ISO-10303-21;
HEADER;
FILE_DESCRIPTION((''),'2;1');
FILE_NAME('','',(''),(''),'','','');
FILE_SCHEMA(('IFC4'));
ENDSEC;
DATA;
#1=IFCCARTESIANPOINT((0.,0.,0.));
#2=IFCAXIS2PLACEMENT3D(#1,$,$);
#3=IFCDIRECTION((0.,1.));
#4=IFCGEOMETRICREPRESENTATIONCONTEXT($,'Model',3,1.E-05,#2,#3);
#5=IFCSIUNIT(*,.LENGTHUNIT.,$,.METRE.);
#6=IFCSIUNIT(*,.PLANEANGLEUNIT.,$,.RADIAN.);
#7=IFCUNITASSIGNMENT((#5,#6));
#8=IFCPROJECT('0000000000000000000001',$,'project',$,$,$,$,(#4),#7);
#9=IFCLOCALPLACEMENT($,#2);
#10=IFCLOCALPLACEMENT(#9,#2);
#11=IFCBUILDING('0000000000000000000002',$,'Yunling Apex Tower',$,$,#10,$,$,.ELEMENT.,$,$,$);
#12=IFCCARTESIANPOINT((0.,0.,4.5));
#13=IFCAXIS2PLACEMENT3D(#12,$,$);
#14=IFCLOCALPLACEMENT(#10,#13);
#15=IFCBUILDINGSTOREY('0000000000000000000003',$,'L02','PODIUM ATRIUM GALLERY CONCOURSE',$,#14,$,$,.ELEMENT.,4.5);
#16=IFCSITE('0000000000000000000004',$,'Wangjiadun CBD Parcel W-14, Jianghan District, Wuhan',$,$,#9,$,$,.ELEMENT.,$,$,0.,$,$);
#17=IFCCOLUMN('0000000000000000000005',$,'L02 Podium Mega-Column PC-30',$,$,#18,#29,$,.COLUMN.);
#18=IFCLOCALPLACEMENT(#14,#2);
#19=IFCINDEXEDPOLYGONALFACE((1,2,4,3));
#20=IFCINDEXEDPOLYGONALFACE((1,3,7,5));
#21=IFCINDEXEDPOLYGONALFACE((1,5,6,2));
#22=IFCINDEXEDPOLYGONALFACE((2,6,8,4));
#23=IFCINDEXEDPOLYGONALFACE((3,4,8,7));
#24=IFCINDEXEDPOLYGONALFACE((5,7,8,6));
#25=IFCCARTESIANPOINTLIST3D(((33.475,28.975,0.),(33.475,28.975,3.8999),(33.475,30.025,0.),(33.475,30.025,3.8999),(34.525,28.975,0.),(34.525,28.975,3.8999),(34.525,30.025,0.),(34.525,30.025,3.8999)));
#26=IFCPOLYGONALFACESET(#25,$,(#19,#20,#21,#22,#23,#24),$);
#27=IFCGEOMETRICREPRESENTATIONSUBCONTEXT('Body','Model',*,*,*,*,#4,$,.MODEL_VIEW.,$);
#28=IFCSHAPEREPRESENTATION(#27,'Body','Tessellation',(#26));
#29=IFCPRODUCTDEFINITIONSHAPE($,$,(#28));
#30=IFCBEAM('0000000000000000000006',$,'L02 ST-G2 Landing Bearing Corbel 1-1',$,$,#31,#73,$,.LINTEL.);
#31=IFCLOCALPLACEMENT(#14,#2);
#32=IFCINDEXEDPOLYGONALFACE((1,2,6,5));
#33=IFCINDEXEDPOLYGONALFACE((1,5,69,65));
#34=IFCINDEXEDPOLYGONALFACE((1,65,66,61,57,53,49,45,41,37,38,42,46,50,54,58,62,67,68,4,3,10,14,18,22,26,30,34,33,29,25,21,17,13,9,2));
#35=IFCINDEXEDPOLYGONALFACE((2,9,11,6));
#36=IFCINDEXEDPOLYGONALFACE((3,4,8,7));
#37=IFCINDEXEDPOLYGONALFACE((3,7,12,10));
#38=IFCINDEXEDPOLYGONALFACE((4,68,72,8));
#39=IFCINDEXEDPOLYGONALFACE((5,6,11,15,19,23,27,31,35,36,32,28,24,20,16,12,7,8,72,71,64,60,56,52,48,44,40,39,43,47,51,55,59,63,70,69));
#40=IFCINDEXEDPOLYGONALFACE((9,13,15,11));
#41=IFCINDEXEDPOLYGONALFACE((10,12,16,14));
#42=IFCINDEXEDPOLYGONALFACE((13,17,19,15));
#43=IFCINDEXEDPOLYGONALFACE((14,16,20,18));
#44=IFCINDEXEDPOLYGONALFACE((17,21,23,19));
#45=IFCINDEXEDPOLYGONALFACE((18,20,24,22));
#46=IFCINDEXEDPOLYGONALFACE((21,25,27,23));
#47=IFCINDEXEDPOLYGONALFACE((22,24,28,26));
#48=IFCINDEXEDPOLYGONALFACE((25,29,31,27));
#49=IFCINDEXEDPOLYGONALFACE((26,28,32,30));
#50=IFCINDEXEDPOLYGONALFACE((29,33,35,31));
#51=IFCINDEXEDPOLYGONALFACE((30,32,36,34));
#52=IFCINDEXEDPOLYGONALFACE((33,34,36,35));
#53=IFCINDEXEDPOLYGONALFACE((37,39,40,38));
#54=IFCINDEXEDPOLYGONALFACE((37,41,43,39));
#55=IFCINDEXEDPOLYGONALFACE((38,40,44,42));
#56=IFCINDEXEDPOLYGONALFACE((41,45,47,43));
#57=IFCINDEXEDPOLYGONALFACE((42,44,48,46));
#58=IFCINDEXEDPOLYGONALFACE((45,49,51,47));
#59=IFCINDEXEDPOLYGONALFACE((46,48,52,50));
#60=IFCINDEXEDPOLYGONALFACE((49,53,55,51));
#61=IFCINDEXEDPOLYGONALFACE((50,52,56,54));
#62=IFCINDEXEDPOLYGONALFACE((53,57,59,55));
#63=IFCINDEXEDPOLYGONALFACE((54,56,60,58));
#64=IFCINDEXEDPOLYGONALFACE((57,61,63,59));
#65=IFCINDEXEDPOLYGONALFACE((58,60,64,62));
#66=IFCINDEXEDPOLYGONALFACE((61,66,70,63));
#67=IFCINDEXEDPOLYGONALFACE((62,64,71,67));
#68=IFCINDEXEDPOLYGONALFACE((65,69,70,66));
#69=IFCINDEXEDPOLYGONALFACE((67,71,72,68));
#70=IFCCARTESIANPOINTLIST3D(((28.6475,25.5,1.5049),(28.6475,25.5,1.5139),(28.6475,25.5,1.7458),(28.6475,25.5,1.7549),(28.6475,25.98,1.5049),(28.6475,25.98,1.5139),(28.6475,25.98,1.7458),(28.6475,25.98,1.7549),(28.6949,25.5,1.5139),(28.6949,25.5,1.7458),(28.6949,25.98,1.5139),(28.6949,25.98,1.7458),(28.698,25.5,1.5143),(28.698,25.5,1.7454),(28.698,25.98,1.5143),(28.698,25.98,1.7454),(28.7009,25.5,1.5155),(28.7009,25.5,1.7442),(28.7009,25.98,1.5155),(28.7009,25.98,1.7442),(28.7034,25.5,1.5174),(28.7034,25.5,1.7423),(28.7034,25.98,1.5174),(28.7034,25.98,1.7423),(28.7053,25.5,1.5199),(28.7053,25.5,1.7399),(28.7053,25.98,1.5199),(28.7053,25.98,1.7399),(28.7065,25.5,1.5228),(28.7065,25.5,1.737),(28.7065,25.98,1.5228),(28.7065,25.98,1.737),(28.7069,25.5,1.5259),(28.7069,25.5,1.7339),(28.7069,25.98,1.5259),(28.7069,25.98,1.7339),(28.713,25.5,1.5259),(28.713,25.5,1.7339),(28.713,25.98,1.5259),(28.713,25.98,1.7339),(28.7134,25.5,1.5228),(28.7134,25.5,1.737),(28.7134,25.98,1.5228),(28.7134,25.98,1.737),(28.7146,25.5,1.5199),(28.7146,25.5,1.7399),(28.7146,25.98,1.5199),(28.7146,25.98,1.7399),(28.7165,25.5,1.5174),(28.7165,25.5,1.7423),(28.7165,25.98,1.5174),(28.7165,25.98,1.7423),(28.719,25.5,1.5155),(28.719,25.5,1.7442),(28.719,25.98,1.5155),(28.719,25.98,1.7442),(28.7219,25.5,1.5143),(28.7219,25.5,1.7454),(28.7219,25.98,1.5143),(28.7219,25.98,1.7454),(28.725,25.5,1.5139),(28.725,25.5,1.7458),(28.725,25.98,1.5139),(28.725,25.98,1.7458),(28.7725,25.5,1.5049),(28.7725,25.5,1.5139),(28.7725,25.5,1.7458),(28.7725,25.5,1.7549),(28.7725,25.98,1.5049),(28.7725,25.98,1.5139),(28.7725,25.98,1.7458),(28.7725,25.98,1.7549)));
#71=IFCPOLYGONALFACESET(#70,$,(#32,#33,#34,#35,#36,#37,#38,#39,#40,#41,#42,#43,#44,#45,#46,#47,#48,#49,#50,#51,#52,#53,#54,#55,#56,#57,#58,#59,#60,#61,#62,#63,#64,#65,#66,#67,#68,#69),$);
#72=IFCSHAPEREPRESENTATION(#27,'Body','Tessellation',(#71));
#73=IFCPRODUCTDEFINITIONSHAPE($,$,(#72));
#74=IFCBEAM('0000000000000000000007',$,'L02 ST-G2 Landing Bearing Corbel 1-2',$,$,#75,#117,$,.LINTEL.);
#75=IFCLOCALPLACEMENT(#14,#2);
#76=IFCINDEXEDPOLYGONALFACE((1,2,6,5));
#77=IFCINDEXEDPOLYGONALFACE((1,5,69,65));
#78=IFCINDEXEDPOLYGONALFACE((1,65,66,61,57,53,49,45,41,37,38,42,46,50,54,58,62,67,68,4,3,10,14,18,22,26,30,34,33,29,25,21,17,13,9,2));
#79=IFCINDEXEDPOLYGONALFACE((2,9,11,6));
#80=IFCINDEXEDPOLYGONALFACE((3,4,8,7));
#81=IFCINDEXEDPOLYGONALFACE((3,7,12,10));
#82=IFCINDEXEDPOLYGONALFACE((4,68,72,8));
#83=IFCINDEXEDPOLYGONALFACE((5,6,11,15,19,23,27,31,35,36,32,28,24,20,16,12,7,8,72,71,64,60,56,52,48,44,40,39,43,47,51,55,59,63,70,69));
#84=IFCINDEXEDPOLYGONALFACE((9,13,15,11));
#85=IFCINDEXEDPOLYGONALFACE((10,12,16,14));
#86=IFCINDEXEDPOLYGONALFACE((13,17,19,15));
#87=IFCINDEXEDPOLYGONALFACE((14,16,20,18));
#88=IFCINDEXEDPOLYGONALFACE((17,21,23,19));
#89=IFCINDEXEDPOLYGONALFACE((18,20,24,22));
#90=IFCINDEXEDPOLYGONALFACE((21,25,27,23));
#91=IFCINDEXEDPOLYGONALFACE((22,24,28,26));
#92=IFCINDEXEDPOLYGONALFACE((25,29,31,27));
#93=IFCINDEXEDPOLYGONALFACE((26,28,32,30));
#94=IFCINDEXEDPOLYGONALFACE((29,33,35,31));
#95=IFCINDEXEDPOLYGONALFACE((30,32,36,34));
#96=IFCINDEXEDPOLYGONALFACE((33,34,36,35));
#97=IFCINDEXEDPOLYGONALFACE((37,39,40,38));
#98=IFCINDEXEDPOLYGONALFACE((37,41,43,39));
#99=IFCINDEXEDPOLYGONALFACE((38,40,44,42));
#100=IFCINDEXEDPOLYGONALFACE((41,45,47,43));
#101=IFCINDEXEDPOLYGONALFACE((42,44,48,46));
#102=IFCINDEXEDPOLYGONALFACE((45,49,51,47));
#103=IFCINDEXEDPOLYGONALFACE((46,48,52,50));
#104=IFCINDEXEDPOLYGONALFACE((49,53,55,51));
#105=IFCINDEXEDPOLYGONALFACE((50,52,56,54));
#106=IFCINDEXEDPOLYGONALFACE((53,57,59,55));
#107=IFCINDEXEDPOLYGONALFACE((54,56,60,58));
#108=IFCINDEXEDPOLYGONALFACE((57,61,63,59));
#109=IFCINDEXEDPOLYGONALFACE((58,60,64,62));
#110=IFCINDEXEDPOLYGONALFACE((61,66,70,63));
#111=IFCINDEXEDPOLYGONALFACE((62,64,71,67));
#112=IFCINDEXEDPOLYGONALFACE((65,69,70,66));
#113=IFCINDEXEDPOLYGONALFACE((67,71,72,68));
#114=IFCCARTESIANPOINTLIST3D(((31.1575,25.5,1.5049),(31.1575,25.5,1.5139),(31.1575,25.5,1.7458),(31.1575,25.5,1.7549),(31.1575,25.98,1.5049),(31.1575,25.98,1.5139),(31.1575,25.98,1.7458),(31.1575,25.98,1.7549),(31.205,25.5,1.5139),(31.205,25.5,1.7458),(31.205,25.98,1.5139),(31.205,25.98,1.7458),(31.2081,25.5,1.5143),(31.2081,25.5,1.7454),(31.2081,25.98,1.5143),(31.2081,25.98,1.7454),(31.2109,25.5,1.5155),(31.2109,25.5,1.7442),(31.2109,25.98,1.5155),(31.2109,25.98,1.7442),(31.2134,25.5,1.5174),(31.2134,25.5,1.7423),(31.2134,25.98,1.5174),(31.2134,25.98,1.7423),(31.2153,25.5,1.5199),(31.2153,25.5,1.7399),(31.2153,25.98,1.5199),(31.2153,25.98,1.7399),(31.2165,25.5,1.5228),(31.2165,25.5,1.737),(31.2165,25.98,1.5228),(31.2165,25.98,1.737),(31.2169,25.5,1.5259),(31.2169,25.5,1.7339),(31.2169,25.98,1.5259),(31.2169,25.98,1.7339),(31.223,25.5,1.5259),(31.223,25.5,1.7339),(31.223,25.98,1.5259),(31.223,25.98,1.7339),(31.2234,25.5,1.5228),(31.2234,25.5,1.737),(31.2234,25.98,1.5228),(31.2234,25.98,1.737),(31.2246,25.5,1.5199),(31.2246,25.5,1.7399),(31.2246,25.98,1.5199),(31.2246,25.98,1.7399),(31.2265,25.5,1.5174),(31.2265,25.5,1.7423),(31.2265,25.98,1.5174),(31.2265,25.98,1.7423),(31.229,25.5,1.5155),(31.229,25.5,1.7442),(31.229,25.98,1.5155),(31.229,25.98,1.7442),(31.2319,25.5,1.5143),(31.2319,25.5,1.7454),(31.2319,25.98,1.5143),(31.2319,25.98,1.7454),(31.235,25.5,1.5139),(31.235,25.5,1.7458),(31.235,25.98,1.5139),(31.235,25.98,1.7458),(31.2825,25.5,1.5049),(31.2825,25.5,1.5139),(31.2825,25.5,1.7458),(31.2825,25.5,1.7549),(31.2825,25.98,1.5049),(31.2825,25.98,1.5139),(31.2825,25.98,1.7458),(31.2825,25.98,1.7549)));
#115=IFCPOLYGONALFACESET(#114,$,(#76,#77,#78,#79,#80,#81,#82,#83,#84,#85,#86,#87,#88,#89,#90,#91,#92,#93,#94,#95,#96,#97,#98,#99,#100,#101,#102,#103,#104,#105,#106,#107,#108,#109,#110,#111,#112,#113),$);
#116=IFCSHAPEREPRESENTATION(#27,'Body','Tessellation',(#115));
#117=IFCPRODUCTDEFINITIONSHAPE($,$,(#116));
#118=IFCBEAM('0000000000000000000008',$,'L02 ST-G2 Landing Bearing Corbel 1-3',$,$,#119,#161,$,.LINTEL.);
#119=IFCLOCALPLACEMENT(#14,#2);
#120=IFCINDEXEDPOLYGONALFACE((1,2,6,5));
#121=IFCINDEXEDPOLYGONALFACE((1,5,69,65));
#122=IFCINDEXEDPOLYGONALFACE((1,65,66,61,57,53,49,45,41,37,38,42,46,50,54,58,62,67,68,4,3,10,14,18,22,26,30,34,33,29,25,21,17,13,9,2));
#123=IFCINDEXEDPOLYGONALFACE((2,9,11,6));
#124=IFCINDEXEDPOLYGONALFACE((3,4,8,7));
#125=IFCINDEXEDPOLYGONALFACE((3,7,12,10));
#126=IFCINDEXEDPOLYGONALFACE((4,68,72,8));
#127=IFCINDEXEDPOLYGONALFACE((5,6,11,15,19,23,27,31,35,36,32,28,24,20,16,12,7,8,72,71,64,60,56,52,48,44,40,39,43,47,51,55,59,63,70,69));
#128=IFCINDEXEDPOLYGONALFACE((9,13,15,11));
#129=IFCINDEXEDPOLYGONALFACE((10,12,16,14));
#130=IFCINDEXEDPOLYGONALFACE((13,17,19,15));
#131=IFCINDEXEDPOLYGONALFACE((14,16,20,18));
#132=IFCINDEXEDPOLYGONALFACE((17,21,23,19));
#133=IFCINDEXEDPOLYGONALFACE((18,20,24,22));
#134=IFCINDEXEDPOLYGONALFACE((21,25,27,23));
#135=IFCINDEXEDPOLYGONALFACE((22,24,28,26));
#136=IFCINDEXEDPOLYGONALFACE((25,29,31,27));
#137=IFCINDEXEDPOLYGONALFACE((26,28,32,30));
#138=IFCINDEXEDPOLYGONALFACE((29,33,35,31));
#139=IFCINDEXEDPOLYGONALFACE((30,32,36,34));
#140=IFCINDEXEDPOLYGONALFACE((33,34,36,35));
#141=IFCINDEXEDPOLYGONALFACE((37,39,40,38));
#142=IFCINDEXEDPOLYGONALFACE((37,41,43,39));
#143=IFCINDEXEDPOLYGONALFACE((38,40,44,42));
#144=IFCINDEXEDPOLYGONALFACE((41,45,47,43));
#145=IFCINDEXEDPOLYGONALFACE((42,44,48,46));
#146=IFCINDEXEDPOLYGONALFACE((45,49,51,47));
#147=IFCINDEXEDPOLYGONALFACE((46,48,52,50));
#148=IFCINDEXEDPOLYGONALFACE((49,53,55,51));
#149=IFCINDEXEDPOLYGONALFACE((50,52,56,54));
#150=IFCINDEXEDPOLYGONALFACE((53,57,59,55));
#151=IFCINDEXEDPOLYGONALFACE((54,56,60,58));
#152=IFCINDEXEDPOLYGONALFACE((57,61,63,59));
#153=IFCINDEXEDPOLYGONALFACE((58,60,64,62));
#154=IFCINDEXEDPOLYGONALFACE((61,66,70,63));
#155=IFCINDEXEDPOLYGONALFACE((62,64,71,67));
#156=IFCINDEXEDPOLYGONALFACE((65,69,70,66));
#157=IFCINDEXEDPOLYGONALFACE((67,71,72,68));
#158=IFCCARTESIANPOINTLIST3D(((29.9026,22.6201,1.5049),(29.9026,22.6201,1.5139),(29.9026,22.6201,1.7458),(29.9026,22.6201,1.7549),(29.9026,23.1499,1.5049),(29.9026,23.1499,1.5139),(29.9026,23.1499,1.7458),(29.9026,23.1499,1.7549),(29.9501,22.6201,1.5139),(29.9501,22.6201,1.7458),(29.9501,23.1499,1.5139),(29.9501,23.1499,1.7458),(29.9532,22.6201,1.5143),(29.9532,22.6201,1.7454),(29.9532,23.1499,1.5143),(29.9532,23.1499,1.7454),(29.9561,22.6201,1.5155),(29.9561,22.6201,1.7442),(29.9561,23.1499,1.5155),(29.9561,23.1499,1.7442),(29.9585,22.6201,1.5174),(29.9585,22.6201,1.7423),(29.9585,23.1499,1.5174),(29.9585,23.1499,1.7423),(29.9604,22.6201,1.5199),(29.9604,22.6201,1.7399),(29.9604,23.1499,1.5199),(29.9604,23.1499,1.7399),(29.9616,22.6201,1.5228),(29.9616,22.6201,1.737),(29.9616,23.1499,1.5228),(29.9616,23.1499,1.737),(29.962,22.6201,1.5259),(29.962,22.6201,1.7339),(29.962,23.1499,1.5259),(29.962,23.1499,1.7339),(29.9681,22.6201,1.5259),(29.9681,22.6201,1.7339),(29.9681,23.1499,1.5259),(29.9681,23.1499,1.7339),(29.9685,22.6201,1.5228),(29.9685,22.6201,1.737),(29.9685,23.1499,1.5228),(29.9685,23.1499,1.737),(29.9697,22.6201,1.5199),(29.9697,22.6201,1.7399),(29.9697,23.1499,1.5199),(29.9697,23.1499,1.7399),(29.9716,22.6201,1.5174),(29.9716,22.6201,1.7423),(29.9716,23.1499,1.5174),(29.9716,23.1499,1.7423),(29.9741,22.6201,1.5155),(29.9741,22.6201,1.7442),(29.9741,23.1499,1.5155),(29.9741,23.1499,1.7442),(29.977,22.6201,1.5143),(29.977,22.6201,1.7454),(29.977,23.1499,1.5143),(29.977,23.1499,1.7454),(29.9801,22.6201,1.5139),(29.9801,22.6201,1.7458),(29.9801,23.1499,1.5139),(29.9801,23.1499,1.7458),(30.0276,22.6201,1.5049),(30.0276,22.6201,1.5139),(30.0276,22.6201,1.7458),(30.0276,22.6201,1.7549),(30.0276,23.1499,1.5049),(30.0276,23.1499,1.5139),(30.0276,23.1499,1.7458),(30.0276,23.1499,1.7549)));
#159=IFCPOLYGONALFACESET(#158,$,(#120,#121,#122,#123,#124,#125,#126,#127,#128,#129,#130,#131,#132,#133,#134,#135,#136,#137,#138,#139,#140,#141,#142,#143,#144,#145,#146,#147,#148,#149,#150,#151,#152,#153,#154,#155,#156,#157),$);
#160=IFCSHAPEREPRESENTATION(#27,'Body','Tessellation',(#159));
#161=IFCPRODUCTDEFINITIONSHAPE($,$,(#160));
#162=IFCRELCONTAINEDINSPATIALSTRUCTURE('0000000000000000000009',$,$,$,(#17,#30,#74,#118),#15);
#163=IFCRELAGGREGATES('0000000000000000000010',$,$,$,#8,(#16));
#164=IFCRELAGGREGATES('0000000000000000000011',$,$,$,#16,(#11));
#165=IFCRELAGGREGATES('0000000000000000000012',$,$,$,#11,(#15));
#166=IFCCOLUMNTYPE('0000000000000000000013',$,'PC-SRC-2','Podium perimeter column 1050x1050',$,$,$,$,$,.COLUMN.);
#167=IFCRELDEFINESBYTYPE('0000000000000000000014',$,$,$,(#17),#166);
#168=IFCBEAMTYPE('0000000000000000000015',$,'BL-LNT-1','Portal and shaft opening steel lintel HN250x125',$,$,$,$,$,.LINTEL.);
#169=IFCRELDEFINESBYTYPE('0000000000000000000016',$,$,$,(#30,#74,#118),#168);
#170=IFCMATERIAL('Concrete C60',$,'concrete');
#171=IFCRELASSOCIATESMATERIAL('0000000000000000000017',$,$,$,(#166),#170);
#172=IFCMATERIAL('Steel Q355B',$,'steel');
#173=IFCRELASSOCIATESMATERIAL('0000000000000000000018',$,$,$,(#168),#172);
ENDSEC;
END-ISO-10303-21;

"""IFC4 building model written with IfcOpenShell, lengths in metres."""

from ifc_helpers import new_model, si_unit, direction, frame, origin, origin_2d, place, context, subcontext, project, spatial, rectangle, i_section, extrude, source, transform, mapped, material, material_profile, profile_set, type_object, element, save


model = new_model("IFC4")

# Units and contexts
model_context = context("Model", 3, precision=1e-05, world=origin(), true_north=direction((0.0, 1.0)))
body_context = subcontext(model_context, "Body", "Model", "MODEL_VIEW")
ifc_project = project(units=[si_unit("LENGTHUNIT", "METRE"), si_unit("PLANEANGLEUNIT", "RADIAN")], contexts=[model_context])

# Site, building, storey
site_placement = place(None, origin())
site = spatial("IfcSite", under=ifc_project, at=site_placement, Name="Wangjiadun CBD Parcel W-14, Jianghan District, Wuhan", CompositionType="ELEMENT", RefElevation=0.0)
building_placement = place(site_placement, origin())
building = spatial("IfcBuilding", under=site, at=building_placement, Name="Yunling Apex Tower", CompositionType="ELEMENT")
storey_placement = place(building_placement, frame((0.0, 0.0, 4.5)))
storey = spatial("IfcBuildingStorey", under=building, at=storey_placement, Name="L02", Description="PODIUM ATRIUM GALLERY CONCOURSE", CompositionType="ELEMENT", Elevation=4.5)

# Column
ifc_material_1 = material(Name="Concrete C60", Category="concrete")
ifc_material_profile_1 = material_profile(ifc_material_1, rectangle(XDim=1.05, YDim=1.05, at=origin_2d()))
ifc_profile_set_1 = profile_set([ifc_material_profile_1], Name="Concrete C60")
column_type = type_object("IfcColumnType", Name="PC-SRC-2", Description="Podium perimeter column 1050x1050", PredefinedType="COLUMN", material=ifc_profile_set_1)
shared_shape_1 = source(origin(), body_context, "Body", "SweptSolid", [
    extrude(rectangle(XDim=1.05, YDim=1.05, at=origin_2d()), origin(), (0.0, 0.0, 1.0), 3.8999),
])
column_placement = place(storey_placement, frame((34.0, 29.5, 0.0), z_axis=(0.0, 0.0, 1.0), x_axis=(1.0, 0.0, 0.0)))
element("IfcColumn", 1, at=column_placement, inside=storey, type_object=column_type, Name="L02 Podium Mega-Column PC-30", PredefinedType="COLUMN", context=body_context, shape_type="MappedRepresentation", body=[
    mapped(shared_shape_1, transform((0.0, 0.0, 0.0), scale=1.0)),
])

# Beams
ifc_material_2 = material(Name="Steel Q355B", Category="steel")
ifc_material_profile_2 = material_profile(ifc_material_2, i_section(OverallWidth=0.125, OverallDepth=0.25, WebThickness=0.0061, FlangeThickness=0.009, FilletRadius=0.012, at=origin_2d()))
ifc_profile_set_2 = profile_set([ifc_material_profile_2], Name="Steel Q355B")
beam_type_1 = type_object("IfcBeamType", Name="BL-LNT-1", Description="Portal and shaft opening steel lintel HN250x125", PredefinedType="LINTEL", material=ifc_profile_set_2)
shared_shape_2 = source(origin(), body_context, "Body", "SweptSolid", [
    extrude(i_section(OverallWidth=0.125, OverallDepth=0.25, WebThickness=0.0061, FlangeThickness=0.009, FilletRadius=0.012, at=origin_2d()), origin(), (0.0, 0.0, 1.0), 0.48),
])
for number, where, z_axis, x_axis, name in (
    (2, (28.71, 25.98, 1.6299), (0.0, -1.0, 0.0), (1.0, 0.0, 0.0), "L02 ST-G2 Landing Bearing Corbel 1-1"),
    (3, (31.22, 25.98, 1.6299), (0.0, -1.0, 0.0), (1.0, 0.0, 0.0), "L02 ST-G2 Landing Bearing Corbel 1-2"),
):
    element("IfcBeam", number, at=place(storey_placement, frame(where, z_axis=z_axis, x_axis=x_axis)), inside=storey, type_object=beam_type_1, Name=name, PredefinedType="LINTEL", context=body_context, shape_type="MappedRepresentation", body=[
        mapped(shared_shape_2, transform((0.0, 0.0, 0.0), scale=1.0)),
    ])
shared_shape_3 = source(origin(), body_context, "Body", "SweptSolid", [
    extrude(i_section(OverallWidth=0.125, OverallDepth=0.25, WebThickness=0.0061, FlangeThickness=0.009, FilletRadius=0.012, at=origin_2d()), origin(), (0.0, 0.0, 1.0), 0.5298),
])
beam_1_placement = place(storey_placement, frame((29.9651, 22.6201, 1.6299), z_axis=(0.0, 1.0, 0.0), x_axis=(-1.0, 0.0, 0.0)))
element("IfcBeam", 4, at=beam_1_placement, inside=storey, type_object=beam_type_1, Name="L02 ST-G2 Landing Bearing Corbel 1-3", PredefinedType="LINTEL", context=body_context, shape_type="MappedRepresentation", body=[
    mapped(shared_shape_3, transform((0.0, 0.0, 0.0), scale=1.0)),
])

save(model, "model.ifc")
